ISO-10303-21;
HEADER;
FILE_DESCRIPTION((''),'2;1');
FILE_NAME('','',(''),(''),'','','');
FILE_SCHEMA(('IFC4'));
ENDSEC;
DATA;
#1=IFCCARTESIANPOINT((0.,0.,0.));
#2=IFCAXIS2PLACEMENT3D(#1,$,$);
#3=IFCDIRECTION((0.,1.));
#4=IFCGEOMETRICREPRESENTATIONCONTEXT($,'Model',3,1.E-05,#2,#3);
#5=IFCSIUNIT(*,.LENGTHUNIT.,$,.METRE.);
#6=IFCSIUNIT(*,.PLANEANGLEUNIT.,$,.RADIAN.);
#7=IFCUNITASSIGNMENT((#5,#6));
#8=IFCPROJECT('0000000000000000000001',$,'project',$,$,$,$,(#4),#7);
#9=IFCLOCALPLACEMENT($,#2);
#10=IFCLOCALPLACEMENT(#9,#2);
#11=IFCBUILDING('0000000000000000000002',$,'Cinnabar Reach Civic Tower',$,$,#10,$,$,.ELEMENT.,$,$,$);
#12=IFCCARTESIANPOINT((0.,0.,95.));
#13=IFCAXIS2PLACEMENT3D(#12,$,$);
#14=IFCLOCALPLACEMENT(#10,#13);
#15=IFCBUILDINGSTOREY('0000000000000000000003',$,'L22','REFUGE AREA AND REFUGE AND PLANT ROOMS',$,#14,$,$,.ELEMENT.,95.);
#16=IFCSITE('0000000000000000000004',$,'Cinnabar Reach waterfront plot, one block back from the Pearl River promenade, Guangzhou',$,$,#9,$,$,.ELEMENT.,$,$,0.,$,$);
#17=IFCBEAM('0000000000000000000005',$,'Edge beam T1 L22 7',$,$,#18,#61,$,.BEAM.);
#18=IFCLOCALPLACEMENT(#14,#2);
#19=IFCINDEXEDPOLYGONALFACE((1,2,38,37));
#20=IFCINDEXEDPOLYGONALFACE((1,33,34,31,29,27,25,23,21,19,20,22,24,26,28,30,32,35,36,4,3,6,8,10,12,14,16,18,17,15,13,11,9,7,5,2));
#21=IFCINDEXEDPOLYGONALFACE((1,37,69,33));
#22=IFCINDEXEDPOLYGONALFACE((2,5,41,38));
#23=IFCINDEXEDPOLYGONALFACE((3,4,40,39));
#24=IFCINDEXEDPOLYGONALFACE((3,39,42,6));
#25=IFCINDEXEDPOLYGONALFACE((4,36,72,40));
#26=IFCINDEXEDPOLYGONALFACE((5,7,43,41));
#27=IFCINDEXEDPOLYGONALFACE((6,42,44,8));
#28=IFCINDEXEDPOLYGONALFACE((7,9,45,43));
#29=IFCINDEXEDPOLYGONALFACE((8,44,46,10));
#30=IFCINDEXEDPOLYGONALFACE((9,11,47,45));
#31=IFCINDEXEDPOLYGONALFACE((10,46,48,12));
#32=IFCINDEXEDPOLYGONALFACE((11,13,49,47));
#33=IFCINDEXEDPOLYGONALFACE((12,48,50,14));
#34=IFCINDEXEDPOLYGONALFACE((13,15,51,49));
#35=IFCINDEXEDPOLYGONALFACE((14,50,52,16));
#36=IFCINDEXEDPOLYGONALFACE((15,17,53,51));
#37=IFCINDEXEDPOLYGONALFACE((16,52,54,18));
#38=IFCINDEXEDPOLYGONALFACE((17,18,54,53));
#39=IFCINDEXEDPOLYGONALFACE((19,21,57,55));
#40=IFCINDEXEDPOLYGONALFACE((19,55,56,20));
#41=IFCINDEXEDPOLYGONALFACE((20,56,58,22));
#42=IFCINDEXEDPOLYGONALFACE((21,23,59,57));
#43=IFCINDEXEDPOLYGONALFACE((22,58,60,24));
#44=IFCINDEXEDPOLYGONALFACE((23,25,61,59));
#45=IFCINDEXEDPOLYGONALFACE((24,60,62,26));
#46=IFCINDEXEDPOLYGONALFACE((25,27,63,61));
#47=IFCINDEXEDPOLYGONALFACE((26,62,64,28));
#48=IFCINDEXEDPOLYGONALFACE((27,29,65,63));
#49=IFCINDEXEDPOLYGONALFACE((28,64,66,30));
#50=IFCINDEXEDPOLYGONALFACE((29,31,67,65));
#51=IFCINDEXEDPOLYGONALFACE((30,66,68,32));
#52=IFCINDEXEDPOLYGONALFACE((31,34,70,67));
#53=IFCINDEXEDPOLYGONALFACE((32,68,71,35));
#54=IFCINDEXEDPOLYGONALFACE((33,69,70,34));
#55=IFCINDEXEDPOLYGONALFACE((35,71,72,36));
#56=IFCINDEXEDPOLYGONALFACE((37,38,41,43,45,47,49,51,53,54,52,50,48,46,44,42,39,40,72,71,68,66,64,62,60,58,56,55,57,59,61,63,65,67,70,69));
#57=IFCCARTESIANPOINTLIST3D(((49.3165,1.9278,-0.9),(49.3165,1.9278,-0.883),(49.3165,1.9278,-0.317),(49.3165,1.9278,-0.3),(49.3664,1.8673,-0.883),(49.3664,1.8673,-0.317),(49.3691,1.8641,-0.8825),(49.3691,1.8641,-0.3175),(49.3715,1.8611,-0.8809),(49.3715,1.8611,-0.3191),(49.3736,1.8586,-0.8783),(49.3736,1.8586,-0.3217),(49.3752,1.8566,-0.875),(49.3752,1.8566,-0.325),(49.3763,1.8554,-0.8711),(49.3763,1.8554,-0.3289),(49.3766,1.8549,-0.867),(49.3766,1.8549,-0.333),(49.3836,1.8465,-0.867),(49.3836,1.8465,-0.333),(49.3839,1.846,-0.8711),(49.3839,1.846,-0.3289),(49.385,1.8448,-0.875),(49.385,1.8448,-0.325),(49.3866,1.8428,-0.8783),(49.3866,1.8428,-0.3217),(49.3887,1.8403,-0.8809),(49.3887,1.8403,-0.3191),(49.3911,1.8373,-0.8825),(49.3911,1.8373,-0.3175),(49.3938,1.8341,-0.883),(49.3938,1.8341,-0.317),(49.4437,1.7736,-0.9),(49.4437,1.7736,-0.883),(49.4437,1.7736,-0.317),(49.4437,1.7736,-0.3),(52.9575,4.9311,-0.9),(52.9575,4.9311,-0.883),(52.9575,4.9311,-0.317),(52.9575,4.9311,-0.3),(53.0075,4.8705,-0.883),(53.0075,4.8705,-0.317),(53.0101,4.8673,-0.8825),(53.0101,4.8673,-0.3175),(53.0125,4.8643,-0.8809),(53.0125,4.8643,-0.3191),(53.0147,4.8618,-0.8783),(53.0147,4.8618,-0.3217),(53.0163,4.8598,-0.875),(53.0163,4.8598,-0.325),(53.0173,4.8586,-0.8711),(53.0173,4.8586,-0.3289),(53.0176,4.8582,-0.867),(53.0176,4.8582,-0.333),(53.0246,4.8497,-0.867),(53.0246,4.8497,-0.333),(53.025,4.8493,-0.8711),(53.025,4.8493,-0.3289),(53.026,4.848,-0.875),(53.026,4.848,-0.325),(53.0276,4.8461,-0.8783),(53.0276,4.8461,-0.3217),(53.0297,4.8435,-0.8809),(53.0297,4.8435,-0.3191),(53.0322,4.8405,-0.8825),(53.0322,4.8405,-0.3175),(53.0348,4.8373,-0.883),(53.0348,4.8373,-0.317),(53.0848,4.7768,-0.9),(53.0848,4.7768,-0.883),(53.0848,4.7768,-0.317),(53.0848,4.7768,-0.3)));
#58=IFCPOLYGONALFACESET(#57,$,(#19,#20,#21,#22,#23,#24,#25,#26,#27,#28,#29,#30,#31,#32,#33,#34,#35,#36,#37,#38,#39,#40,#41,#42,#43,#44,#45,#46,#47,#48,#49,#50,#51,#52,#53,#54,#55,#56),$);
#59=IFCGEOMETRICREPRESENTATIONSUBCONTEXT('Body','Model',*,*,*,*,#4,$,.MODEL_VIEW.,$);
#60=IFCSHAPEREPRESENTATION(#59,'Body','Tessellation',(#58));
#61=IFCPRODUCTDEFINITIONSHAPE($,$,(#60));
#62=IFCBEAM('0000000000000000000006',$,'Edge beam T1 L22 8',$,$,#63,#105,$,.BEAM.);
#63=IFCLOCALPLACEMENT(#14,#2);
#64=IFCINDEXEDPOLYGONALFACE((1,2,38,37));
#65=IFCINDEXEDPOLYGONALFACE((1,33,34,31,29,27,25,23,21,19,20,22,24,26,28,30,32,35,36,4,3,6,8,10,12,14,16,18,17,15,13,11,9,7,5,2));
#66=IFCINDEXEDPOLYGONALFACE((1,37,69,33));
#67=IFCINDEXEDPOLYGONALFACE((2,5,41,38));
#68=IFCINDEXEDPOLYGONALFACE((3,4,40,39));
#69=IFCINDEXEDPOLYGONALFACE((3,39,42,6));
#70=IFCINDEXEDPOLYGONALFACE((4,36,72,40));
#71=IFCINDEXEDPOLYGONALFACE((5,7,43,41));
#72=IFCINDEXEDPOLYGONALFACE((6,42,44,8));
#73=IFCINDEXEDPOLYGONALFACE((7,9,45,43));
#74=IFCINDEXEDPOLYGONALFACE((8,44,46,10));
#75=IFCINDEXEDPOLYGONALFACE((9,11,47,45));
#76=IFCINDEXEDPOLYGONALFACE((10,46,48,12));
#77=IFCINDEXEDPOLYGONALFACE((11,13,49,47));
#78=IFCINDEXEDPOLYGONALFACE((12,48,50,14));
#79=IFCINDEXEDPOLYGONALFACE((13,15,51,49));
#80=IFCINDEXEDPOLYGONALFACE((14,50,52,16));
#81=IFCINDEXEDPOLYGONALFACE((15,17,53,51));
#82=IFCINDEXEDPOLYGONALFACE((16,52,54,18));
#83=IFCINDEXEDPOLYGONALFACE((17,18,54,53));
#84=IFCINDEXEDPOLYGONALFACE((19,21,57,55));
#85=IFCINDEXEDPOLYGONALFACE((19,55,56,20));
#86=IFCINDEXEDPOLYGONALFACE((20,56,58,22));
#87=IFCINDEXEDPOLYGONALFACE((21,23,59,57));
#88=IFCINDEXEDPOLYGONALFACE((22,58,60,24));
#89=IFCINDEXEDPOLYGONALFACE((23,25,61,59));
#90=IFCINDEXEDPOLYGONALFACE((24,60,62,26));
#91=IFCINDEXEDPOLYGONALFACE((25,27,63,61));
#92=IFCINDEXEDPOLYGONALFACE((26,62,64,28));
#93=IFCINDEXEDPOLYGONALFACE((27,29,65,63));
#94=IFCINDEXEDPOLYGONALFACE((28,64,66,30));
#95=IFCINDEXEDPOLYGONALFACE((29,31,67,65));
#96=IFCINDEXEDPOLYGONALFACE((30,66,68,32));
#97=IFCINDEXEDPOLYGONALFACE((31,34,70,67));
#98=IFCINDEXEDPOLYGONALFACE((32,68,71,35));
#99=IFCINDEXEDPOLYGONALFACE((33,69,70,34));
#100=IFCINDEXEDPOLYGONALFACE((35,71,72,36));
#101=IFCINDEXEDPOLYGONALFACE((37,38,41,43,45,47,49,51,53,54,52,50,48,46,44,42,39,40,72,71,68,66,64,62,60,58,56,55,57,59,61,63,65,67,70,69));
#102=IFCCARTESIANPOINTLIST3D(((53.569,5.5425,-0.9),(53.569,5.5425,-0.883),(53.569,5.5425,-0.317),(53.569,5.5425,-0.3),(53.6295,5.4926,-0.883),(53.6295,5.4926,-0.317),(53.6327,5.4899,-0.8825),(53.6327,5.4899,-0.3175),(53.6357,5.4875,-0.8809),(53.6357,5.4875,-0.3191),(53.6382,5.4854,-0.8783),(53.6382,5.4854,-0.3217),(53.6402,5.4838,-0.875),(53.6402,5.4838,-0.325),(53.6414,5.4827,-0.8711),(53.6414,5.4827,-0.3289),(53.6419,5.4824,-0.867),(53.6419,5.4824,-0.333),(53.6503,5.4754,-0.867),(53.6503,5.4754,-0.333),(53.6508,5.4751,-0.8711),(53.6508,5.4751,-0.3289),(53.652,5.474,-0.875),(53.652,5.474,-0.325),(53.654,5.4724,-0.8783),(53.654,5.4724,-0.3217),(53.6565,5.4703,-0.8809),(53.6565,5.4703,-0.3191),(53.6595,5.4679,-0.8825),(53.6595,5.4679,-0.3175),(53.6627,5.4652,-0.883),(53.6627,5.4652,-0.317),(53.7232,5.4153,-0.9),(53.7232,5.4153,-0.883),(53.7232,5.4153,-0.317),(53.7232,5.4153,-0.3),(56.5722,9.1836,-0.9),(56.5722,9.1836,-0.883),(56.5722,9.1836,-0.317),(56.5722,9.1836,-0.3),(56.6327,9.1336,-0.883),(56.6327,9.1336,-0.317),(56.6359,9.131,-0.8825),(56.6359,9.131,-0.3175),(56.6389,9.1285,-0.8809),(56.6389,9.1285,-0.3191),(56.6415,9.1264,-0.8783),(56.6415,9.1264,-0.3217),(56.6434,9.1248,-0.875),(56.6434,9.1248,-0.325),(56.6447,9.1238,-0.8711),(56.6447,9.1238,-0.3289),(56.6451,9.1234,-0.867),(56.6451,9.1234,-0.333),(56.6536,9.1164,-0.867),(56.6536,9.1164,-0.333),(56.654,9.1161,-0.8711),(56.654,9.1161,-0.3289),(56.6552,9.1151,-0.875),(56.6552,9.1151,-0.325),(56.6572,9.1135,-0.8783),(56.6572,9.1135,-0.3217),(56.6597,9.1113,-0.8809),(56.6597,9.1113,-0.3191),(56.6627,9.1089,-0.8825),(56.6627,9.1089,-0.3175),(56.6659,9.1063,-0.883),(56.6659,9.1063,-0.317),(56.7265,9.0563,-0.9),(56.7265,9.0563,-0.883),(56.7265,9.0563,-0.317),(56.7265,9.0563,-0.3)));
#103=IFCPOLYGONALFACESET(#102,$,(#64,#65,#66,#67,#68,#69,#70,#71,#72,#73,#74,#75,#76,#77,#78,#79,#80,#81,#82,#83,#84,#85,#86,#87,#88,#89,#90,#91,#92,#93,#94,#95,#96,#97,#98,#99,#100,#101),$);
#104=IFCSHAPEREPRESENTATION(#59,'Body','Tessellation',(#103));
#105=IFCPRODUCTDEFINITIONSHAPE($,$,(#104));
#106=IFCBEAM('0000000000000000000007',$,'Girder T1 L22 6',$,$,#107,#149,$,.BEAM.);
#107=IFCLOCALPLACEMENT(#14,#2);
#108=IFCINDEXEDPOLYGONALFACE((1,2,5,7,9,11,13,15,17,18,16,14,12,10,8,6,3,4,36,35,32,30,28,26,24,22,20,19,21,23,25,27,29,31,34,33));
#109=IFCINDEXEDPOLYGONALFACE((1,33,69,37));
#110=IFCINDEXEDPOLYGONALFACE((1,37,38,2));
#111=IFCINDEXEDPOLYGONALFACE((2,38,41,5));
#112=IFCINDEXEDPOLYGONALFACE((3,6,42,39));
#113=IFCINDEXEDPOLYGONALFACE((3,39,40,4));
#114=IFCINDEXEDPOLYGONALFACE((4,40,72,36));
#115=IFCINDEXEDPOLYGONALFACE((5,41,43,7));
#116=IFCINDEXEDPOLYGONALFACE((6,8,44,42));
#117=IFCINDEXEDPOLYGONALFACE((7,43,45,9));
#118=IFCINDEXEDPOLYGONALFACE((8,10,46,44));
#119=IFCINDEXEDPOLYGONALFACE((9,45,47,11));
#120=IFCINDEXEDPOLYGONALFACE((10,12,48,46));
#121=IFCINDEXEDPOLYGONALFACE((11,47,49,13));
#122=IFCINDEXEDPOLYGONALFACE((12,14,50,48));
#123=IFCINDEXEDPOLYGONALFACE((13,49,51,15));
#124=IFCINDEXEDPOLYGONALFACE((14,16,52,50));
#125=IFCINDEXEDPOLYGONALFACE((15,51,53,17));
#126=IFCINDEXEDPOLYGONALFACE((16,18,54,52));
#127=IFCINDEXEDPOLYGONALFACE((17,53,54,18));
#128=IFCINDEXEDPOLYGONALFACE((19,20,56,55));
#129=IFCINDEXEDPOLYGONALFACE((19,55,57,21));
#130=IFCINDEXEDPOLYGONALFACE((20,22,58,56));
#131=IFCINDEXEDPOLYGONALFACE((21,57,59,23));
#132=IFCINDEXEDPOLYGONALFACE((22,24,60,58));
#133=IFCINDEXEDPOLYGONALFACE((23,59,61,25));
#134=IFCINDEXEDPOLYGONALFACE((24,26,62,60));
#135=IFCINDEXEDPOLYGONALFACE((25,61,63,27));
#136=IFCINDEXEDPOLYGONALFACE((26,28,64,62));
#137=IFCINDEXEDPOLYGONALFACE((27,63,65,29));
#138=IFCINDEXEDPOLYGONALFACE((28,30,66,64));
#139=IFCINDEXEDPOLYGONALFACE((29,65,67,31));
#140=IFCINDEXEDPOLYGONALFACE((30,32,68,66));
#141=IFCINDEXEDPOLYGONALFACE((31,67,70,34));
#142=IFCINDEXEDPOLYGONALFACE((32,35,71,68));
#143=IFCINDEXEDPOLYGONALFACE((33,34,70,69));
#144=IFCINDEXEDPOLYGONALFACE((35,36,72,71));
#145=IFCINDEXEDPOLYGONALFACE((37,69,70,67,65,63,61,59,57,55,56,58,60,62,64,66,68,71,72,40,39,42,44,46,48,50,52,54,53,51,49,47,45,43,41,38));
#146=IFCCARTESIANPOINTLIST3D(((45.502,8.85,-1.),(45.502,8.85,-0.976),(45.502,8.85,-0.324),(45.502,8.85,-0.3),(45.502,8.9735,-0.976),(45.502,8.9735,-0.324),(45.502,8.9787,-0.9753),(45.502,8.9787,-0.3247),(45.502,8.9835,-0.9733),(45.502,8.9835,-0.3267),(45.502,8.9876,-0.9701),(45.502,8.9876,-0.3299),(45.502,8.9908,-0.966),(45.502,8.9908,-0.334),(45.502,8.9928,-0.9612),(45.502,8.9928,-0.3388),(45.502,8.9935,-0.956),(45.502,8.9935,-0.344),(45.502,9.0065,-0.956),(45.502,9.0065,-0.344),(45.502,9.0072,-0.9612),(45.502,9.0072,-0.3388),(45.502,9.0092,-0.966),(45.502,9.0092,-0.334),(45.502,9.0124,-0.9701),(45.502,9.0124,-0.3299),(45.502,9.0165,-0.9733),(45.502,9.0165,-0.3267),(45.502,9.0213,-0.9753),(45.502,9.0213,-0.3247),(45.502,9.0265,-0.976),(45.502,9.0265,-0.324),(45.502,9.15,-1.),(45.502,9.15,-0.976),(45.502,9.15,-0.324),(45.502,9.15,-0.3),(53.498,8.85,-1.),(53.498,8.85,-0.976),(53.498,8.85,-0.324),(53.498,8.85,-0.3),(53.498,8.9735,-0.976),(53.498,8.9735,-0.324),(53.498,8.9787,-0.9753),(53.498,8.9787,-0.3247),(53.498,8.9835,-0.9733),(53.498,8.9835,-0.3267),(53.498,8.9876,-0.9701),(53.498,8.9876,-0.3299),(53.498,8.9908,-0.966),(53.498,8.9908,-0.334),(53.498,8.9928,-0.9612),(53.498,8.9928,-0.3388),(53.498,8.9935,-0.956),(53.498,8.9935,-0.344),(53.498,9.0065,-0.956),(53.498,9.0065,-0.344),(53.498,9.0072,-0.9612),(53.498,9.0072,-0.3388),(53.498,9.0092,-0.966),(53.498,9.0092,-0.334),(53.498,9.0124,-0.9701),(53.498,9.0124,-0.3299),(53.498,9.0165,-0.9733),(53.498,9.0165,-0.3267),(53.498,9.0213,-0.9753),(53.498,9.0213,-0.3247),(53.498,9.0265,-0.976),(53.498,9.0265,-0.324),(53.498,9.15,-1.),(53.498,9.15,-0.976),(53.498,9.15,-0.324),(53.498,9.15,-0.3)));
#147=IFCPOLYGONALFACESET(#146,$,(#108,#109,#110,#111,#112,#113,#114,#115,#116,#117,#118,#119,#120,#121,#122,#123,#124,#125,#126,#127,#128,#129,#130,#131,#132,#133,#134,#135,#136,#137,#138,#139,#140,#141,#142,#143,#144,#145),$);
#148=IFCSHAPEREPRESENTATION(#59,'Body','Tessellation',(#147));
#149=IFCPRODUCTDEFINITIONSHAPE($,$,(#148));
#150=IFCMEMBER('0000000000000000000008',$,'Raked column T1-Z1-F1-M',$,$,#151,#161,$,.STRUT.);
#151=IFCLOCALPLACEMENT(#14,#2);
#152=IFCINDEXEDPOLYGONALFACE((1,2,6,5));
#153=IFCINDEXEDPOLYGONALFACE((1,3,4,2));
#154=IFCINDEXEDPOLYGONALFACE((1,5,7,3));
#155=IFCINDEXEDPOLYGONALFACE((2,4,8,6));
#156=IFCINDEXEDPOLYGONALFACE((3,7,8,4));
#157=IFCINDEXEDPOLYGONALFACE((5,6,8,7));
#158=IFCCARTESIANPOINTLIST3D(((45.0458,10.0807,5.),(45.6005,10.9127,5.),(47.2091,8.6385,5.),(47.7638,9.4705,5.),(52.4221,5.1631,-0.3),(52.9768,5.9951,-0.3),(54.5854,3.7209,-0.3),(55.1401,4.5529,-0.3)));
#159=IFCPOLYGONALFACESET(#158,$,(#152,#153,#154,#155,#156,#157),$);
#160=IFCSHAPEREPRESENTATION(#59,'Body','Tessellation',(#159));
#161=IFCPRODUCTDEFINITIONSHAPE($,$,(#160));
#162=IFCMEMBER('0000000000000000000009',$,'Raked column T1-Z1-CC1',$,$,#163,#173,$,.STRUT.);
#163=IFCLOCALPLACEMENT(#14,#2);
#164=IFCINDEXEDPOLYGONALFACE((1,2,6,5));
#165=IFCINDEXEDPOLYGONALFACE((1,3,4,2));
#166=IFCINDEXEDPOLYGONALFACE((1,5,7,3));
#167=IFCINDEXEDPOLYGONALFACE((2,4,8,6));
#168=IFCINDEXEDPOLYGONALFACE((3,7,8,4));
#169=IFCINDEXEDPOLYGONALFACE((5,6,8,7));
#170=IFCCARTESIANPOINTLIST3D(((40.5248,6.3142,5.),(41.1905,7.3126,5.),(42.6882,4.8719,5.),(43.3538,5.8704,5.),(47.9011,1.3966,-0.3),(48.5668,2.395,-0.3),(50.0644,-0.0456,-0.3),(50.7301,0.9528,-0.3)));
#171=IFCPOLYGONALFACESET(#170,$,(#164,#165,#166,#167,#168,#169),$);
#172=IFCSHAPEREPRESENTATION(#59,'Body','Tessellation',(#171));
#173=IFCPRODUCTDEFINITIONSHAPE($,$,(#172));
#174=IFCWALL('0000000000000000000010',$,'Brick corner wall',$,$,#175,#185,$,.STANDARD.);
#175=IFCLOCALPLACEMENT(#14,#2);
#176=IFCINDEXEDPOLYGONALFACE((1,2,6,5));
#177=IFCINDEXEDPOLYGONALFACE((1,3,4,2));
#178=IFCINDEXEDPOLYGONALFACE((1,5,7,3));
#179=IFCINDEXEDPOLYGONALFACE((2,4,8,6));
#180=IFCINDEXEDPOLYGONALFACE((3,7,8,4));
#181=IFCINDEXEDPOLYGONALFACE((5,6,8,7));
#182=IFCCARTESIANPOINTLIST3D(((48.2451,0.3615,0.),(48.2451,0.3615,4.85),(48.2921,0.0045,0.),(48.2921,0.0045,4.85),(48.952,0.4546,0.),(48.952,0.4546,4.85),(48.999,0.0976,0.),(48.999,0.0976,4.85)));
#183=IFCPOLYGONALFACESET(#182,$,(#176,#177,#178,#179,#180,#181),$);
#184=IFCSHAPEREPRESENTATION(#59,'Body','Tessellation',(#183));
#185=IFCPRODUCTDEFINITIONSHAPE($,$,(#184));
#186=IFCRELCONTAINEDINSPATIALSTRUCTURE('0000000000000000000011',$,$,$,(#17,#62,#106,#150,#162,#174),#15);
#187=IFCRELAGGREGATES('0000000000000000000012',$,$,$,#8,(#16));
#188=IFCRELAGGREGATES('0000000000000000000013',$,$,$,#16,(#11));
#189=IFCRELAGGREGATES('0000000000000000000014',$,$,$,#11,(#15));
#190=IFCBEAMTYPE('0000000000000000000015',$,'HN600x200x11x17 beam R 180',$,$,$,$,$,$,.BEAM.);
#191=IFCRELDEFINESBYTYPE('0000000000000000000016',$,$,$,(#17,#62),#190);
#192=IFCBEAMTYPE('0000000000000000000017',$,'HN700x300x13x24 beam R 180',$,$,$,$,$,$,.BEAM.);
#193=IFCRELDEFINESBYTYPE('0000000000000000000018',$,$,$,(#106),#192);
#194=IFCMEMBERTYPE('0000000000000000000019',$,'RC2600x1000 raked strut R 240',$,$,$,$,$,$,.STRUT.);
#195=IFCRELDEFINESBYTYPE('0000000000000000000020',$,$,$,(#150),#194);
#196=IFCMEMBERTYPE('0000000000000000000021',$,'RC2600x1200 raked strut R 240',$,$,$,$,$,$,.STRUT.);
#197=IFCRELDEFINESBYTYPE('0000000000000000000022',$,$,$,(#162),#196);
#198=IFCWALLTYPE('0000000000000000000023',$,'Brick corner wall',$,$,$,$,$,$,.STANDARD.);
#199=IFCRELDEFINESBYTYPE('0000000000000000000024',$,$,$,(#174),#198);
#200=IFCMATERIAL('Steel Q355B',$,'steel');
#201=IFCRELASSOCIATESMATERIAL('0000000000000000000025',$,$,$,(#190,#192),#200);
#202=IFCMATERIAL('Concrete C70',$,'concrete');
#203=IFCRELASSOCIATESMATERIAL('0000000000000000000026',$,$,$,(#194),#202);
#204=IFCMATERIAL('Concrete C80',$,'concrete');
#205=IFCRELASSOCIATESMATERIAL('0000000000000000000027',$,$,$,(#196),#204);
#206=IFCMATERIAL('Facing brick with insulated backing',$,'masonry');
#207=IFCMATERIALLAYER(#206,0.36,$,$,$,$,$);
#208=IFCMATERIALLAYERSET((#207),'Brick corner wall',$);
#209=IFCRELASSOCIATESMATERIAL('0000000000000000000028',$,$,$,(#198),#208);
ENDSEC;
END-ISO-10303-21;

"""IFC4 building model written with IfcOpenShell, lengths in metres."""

from ifc_helpers import new_model, si_unit, direction, frame, frame_2d, origin, origin_2d, place, context, subcontext, project, spatial, rectangle, i_section, extrude, material, layer, layer_set, material_profile, profile_set, type_object, element, save


model = new_model("IFC4")

# Units and contexts
model_context = context("Model", 3, precision=1e-05, world=origin(), true_north=direction((0.0, 1.0)))
body_context = subcontext(model_context, "Body", "Model", "MODEL_VIEW")
ifc_project = project(units=[si_unit("LENGTHUNIT", "METRE"), si_unit("PLANEANGLEUNIT", "RADIAN")], contexts=[model_context])

# Site, building, storey
site_placement = place(None, origin())
site = spatial("IfcSite", under=ifc_project, at=site_placement, Name="Cinnabar Reach waterfront plot, one block back from the Pearl River promenade, Guangzhou", CompositionType="ELEMENT", RefElevation=0.0)
building_placement = place(site_placement, origin())
building = spatial("IfcBuilding", under=site, at=building_placement, Name="Cinnabar Reach Civic Tower", CompositionType="ELEMENT")
storey_placement = place(building_placement, frame((0.0, 0.0, 95.0)))
storey = spatial("IfcBuildingStorey", under=building, at=storey_placement, Name="L22", Description="REFUGE AREA AND REFUGE AND PLANT ROOMS", CompositionType="ELEMENT", Elevation=95.0)

# Shared definitions
ifc_material_1 = material(Name="Concrete C70", Category="concrete")
ifc_material_2 = material(Name="Concrete C80", Category="concrete")

# Beams
ifc_material_3 = material(Name="Steel Q355B", Category="steel")
ifc_material_profile_1 = material_profile(ifc_material_3, i_section(OverallWidth=0.2, OverallDepth=0.6, WebThickness=0.011, FlangeThickness=0.017, FilletRadius=0.016, at=origin_2d()), Name="HN600x200x11x17")
ifc_profile_set_1 = profile_set([ifc_material_profile_1], Name="Steel Q355B")
beam_type_1 = type_object("IfcBeamType", Name="HN600x200x11x17 beam R 180", PredefinedType="BEAM", material=ifc_profile_set_1)
for number, where, z_axis, x_axis, name in (
    (1, (49.3801, 1.8507, -0.6), (0.771438, 0.636304, 0.0), (-0.636304, 0.771438, 0.0), "Edge beam T1 L22 7"),
    (2, (53.6461, 5.4789, -0.6), (0.636304, 0.771438, 0.0), (-0.771438, 0.636304, 0.0), "Edge beam T1 L22 8"),
):
    element("IfcBeam", number, at=place(storey_placement, frame(where, z_axis=z_axis, x_axis=x_axis)), inside=storey, type_object=beam_type_1, Name=name, PredefinedType="BEAM", context=body_context, shape_type="SweptSolid", body=[
        extrude(i_section(OverallWidth=0.2, OverallDepth=0.6, WebThickness=0.011, FlangeThickness=0.017, FilletRadius=0.016, at=origin_2d()), origin(), (0.0, 0.0, 1.0), 4.7198),
    ])
ifc_material_profile_2 = material_profile(ifc_material_3, i_section(OverallWidth=0.3, OverallDepth=0.7, WebThickness=0.013, FlangeThickness=0.024, FilletRadius=0.02, at=origin_2d()), Name="HN700x300x13x24")
ifc_profile_set_2 = profile_set([ifc_material_profile_2], Name="Steel Q355B")
beam_type_2 = type_object("IfcBeamType", Name="HN700x300x13x24 beam R 180", PredefinedType="BEAM", material=ifc_profile_set_2)
beam_1_placement = place(storey_placement, frame((45.502, 9.0, -0.65), z_axis=(1.0, 0.0, 0.0), x_axis=(0.0, 1.0, 0.0)))
element("IfcBeam", 3, at=beam_1_placement, inside=storey, type_object=beam_type_2, Name="Girder T1 L22 6", PredefinedType="BEAM", context=body_context, shape_type="SweptSolid", body=[
    extrude(i_section(OverallWidth=0.3, OverallDepth=0.7, WebThickness=0.013, FlangeThickness=0.024, FilletRadius=0.02, at=origin_2d()), origin(), (0.0, 0.0, 1.0), 7.996),
])

# Members
ifc_material_profile_3 = material_profile(ifc_material_1, rectangle(XDim=2.6, YDim=1.0, at=origin_2d()), Name="RC2600x1000")
ifc_profile_set_3 = profile_set([ifc_material_profile_3], Name="Concrete C70")
member_type_1 = type_object("IfcMemberType", Name="RC2600x1000 raked strut R 240", PredefinedType="STRUT", material=ifc_profile_set_3)
member_1_placement = place(storey_placement, frame((53.7811, 4.858, -0.3), z_axis=(0.0, 0.0, 1.0), x_axis=(-0.832051, 0.554699, 0.0)))
element("IfcMember", 4, at=member_1_placement, inside=storey, type_object=member_type_1, Name="Raked column T1-Z1-F1-M", PredefinedType="STRUT", context=body_context, shape_type="SweptSolid", body=[
    extrude(rectangle(XDim=2.6, YDim=1.0, at=origin_2d()), origin(), (0.85831, -0.000006, 0.513132), 10.3287),
])
ifc_material_profile_4 = material_profile(ifc_material_2, rectangle(XDim=2.6, YDim=1.2, at=origin_2d()), Name="RC2600x1200")
ifc_profile_set_4 = profile_set([ifc_material_profile_4], Name="Concrete C80")
member_type_2 = type_object("IfcMemberType", Name="RC2600x1200 raked strut R 240", PredefinedType="STRUT", material=ifc_profile_set_4)
member_2_placement = place(storey_placement, frame((49.3156, 1.1747, -0.3), z_axis=(0.0, 0.0, 1.0), x_axis=(-0.832051, 0.554699, 0.0)))
element("IfcMember", 5, at=member_2_placement, inside=storey, type_object=member_type_2, Name="Raked column T1-Z1-CC1", PredefinedType="STRUT", context=body_context, shape_type="SweptSolid", body=[
    extrude(rectangle(XDim=2.6, YDim=1.2, at=origin_2d()), origin(), (0.85831, -0.000006, 0.513132), 10.3287),
])

# Wall
ifc_material_4 = material(Name="Facing brick with insulated backing", Category="masonry")
ifc_layer_1 = layer(ifc_material_4, 0.36)
ifc_layer_set_1 = layer_set([ifc_layer_1], Name="Brick corner wall")
wall_type_1 = type_object("IfcWallType", Name="Brick corner wall", PredefinedType="STANDARD", material=ifc_layer_set_1)
for number, where, z_axis, x_axis, name in (
    (6, (48.2686, 0.183, 0.0), (0.0, 0.0, 1.0), (0.991441, 0.130556, 0.0), "Brick corner wall"),
):
    element("IfcWall", number, at=place(storey_placement, frame(where, z_axis=z_axis, x_axis=x_axis)), inside=storey, type_object=wall_type_1, Name=name, PredefinedType="STANDARD", context=body_context, shape_type="SweptSolid", body=[
        extrude(rectangle(XDim=0.7131, YDim=0.36, at=frame_2d((0.3565, 0.0))), origin(), (0.0, 0.0, 1.0), 4.85),
    ])

save(model, "model.ifc")
